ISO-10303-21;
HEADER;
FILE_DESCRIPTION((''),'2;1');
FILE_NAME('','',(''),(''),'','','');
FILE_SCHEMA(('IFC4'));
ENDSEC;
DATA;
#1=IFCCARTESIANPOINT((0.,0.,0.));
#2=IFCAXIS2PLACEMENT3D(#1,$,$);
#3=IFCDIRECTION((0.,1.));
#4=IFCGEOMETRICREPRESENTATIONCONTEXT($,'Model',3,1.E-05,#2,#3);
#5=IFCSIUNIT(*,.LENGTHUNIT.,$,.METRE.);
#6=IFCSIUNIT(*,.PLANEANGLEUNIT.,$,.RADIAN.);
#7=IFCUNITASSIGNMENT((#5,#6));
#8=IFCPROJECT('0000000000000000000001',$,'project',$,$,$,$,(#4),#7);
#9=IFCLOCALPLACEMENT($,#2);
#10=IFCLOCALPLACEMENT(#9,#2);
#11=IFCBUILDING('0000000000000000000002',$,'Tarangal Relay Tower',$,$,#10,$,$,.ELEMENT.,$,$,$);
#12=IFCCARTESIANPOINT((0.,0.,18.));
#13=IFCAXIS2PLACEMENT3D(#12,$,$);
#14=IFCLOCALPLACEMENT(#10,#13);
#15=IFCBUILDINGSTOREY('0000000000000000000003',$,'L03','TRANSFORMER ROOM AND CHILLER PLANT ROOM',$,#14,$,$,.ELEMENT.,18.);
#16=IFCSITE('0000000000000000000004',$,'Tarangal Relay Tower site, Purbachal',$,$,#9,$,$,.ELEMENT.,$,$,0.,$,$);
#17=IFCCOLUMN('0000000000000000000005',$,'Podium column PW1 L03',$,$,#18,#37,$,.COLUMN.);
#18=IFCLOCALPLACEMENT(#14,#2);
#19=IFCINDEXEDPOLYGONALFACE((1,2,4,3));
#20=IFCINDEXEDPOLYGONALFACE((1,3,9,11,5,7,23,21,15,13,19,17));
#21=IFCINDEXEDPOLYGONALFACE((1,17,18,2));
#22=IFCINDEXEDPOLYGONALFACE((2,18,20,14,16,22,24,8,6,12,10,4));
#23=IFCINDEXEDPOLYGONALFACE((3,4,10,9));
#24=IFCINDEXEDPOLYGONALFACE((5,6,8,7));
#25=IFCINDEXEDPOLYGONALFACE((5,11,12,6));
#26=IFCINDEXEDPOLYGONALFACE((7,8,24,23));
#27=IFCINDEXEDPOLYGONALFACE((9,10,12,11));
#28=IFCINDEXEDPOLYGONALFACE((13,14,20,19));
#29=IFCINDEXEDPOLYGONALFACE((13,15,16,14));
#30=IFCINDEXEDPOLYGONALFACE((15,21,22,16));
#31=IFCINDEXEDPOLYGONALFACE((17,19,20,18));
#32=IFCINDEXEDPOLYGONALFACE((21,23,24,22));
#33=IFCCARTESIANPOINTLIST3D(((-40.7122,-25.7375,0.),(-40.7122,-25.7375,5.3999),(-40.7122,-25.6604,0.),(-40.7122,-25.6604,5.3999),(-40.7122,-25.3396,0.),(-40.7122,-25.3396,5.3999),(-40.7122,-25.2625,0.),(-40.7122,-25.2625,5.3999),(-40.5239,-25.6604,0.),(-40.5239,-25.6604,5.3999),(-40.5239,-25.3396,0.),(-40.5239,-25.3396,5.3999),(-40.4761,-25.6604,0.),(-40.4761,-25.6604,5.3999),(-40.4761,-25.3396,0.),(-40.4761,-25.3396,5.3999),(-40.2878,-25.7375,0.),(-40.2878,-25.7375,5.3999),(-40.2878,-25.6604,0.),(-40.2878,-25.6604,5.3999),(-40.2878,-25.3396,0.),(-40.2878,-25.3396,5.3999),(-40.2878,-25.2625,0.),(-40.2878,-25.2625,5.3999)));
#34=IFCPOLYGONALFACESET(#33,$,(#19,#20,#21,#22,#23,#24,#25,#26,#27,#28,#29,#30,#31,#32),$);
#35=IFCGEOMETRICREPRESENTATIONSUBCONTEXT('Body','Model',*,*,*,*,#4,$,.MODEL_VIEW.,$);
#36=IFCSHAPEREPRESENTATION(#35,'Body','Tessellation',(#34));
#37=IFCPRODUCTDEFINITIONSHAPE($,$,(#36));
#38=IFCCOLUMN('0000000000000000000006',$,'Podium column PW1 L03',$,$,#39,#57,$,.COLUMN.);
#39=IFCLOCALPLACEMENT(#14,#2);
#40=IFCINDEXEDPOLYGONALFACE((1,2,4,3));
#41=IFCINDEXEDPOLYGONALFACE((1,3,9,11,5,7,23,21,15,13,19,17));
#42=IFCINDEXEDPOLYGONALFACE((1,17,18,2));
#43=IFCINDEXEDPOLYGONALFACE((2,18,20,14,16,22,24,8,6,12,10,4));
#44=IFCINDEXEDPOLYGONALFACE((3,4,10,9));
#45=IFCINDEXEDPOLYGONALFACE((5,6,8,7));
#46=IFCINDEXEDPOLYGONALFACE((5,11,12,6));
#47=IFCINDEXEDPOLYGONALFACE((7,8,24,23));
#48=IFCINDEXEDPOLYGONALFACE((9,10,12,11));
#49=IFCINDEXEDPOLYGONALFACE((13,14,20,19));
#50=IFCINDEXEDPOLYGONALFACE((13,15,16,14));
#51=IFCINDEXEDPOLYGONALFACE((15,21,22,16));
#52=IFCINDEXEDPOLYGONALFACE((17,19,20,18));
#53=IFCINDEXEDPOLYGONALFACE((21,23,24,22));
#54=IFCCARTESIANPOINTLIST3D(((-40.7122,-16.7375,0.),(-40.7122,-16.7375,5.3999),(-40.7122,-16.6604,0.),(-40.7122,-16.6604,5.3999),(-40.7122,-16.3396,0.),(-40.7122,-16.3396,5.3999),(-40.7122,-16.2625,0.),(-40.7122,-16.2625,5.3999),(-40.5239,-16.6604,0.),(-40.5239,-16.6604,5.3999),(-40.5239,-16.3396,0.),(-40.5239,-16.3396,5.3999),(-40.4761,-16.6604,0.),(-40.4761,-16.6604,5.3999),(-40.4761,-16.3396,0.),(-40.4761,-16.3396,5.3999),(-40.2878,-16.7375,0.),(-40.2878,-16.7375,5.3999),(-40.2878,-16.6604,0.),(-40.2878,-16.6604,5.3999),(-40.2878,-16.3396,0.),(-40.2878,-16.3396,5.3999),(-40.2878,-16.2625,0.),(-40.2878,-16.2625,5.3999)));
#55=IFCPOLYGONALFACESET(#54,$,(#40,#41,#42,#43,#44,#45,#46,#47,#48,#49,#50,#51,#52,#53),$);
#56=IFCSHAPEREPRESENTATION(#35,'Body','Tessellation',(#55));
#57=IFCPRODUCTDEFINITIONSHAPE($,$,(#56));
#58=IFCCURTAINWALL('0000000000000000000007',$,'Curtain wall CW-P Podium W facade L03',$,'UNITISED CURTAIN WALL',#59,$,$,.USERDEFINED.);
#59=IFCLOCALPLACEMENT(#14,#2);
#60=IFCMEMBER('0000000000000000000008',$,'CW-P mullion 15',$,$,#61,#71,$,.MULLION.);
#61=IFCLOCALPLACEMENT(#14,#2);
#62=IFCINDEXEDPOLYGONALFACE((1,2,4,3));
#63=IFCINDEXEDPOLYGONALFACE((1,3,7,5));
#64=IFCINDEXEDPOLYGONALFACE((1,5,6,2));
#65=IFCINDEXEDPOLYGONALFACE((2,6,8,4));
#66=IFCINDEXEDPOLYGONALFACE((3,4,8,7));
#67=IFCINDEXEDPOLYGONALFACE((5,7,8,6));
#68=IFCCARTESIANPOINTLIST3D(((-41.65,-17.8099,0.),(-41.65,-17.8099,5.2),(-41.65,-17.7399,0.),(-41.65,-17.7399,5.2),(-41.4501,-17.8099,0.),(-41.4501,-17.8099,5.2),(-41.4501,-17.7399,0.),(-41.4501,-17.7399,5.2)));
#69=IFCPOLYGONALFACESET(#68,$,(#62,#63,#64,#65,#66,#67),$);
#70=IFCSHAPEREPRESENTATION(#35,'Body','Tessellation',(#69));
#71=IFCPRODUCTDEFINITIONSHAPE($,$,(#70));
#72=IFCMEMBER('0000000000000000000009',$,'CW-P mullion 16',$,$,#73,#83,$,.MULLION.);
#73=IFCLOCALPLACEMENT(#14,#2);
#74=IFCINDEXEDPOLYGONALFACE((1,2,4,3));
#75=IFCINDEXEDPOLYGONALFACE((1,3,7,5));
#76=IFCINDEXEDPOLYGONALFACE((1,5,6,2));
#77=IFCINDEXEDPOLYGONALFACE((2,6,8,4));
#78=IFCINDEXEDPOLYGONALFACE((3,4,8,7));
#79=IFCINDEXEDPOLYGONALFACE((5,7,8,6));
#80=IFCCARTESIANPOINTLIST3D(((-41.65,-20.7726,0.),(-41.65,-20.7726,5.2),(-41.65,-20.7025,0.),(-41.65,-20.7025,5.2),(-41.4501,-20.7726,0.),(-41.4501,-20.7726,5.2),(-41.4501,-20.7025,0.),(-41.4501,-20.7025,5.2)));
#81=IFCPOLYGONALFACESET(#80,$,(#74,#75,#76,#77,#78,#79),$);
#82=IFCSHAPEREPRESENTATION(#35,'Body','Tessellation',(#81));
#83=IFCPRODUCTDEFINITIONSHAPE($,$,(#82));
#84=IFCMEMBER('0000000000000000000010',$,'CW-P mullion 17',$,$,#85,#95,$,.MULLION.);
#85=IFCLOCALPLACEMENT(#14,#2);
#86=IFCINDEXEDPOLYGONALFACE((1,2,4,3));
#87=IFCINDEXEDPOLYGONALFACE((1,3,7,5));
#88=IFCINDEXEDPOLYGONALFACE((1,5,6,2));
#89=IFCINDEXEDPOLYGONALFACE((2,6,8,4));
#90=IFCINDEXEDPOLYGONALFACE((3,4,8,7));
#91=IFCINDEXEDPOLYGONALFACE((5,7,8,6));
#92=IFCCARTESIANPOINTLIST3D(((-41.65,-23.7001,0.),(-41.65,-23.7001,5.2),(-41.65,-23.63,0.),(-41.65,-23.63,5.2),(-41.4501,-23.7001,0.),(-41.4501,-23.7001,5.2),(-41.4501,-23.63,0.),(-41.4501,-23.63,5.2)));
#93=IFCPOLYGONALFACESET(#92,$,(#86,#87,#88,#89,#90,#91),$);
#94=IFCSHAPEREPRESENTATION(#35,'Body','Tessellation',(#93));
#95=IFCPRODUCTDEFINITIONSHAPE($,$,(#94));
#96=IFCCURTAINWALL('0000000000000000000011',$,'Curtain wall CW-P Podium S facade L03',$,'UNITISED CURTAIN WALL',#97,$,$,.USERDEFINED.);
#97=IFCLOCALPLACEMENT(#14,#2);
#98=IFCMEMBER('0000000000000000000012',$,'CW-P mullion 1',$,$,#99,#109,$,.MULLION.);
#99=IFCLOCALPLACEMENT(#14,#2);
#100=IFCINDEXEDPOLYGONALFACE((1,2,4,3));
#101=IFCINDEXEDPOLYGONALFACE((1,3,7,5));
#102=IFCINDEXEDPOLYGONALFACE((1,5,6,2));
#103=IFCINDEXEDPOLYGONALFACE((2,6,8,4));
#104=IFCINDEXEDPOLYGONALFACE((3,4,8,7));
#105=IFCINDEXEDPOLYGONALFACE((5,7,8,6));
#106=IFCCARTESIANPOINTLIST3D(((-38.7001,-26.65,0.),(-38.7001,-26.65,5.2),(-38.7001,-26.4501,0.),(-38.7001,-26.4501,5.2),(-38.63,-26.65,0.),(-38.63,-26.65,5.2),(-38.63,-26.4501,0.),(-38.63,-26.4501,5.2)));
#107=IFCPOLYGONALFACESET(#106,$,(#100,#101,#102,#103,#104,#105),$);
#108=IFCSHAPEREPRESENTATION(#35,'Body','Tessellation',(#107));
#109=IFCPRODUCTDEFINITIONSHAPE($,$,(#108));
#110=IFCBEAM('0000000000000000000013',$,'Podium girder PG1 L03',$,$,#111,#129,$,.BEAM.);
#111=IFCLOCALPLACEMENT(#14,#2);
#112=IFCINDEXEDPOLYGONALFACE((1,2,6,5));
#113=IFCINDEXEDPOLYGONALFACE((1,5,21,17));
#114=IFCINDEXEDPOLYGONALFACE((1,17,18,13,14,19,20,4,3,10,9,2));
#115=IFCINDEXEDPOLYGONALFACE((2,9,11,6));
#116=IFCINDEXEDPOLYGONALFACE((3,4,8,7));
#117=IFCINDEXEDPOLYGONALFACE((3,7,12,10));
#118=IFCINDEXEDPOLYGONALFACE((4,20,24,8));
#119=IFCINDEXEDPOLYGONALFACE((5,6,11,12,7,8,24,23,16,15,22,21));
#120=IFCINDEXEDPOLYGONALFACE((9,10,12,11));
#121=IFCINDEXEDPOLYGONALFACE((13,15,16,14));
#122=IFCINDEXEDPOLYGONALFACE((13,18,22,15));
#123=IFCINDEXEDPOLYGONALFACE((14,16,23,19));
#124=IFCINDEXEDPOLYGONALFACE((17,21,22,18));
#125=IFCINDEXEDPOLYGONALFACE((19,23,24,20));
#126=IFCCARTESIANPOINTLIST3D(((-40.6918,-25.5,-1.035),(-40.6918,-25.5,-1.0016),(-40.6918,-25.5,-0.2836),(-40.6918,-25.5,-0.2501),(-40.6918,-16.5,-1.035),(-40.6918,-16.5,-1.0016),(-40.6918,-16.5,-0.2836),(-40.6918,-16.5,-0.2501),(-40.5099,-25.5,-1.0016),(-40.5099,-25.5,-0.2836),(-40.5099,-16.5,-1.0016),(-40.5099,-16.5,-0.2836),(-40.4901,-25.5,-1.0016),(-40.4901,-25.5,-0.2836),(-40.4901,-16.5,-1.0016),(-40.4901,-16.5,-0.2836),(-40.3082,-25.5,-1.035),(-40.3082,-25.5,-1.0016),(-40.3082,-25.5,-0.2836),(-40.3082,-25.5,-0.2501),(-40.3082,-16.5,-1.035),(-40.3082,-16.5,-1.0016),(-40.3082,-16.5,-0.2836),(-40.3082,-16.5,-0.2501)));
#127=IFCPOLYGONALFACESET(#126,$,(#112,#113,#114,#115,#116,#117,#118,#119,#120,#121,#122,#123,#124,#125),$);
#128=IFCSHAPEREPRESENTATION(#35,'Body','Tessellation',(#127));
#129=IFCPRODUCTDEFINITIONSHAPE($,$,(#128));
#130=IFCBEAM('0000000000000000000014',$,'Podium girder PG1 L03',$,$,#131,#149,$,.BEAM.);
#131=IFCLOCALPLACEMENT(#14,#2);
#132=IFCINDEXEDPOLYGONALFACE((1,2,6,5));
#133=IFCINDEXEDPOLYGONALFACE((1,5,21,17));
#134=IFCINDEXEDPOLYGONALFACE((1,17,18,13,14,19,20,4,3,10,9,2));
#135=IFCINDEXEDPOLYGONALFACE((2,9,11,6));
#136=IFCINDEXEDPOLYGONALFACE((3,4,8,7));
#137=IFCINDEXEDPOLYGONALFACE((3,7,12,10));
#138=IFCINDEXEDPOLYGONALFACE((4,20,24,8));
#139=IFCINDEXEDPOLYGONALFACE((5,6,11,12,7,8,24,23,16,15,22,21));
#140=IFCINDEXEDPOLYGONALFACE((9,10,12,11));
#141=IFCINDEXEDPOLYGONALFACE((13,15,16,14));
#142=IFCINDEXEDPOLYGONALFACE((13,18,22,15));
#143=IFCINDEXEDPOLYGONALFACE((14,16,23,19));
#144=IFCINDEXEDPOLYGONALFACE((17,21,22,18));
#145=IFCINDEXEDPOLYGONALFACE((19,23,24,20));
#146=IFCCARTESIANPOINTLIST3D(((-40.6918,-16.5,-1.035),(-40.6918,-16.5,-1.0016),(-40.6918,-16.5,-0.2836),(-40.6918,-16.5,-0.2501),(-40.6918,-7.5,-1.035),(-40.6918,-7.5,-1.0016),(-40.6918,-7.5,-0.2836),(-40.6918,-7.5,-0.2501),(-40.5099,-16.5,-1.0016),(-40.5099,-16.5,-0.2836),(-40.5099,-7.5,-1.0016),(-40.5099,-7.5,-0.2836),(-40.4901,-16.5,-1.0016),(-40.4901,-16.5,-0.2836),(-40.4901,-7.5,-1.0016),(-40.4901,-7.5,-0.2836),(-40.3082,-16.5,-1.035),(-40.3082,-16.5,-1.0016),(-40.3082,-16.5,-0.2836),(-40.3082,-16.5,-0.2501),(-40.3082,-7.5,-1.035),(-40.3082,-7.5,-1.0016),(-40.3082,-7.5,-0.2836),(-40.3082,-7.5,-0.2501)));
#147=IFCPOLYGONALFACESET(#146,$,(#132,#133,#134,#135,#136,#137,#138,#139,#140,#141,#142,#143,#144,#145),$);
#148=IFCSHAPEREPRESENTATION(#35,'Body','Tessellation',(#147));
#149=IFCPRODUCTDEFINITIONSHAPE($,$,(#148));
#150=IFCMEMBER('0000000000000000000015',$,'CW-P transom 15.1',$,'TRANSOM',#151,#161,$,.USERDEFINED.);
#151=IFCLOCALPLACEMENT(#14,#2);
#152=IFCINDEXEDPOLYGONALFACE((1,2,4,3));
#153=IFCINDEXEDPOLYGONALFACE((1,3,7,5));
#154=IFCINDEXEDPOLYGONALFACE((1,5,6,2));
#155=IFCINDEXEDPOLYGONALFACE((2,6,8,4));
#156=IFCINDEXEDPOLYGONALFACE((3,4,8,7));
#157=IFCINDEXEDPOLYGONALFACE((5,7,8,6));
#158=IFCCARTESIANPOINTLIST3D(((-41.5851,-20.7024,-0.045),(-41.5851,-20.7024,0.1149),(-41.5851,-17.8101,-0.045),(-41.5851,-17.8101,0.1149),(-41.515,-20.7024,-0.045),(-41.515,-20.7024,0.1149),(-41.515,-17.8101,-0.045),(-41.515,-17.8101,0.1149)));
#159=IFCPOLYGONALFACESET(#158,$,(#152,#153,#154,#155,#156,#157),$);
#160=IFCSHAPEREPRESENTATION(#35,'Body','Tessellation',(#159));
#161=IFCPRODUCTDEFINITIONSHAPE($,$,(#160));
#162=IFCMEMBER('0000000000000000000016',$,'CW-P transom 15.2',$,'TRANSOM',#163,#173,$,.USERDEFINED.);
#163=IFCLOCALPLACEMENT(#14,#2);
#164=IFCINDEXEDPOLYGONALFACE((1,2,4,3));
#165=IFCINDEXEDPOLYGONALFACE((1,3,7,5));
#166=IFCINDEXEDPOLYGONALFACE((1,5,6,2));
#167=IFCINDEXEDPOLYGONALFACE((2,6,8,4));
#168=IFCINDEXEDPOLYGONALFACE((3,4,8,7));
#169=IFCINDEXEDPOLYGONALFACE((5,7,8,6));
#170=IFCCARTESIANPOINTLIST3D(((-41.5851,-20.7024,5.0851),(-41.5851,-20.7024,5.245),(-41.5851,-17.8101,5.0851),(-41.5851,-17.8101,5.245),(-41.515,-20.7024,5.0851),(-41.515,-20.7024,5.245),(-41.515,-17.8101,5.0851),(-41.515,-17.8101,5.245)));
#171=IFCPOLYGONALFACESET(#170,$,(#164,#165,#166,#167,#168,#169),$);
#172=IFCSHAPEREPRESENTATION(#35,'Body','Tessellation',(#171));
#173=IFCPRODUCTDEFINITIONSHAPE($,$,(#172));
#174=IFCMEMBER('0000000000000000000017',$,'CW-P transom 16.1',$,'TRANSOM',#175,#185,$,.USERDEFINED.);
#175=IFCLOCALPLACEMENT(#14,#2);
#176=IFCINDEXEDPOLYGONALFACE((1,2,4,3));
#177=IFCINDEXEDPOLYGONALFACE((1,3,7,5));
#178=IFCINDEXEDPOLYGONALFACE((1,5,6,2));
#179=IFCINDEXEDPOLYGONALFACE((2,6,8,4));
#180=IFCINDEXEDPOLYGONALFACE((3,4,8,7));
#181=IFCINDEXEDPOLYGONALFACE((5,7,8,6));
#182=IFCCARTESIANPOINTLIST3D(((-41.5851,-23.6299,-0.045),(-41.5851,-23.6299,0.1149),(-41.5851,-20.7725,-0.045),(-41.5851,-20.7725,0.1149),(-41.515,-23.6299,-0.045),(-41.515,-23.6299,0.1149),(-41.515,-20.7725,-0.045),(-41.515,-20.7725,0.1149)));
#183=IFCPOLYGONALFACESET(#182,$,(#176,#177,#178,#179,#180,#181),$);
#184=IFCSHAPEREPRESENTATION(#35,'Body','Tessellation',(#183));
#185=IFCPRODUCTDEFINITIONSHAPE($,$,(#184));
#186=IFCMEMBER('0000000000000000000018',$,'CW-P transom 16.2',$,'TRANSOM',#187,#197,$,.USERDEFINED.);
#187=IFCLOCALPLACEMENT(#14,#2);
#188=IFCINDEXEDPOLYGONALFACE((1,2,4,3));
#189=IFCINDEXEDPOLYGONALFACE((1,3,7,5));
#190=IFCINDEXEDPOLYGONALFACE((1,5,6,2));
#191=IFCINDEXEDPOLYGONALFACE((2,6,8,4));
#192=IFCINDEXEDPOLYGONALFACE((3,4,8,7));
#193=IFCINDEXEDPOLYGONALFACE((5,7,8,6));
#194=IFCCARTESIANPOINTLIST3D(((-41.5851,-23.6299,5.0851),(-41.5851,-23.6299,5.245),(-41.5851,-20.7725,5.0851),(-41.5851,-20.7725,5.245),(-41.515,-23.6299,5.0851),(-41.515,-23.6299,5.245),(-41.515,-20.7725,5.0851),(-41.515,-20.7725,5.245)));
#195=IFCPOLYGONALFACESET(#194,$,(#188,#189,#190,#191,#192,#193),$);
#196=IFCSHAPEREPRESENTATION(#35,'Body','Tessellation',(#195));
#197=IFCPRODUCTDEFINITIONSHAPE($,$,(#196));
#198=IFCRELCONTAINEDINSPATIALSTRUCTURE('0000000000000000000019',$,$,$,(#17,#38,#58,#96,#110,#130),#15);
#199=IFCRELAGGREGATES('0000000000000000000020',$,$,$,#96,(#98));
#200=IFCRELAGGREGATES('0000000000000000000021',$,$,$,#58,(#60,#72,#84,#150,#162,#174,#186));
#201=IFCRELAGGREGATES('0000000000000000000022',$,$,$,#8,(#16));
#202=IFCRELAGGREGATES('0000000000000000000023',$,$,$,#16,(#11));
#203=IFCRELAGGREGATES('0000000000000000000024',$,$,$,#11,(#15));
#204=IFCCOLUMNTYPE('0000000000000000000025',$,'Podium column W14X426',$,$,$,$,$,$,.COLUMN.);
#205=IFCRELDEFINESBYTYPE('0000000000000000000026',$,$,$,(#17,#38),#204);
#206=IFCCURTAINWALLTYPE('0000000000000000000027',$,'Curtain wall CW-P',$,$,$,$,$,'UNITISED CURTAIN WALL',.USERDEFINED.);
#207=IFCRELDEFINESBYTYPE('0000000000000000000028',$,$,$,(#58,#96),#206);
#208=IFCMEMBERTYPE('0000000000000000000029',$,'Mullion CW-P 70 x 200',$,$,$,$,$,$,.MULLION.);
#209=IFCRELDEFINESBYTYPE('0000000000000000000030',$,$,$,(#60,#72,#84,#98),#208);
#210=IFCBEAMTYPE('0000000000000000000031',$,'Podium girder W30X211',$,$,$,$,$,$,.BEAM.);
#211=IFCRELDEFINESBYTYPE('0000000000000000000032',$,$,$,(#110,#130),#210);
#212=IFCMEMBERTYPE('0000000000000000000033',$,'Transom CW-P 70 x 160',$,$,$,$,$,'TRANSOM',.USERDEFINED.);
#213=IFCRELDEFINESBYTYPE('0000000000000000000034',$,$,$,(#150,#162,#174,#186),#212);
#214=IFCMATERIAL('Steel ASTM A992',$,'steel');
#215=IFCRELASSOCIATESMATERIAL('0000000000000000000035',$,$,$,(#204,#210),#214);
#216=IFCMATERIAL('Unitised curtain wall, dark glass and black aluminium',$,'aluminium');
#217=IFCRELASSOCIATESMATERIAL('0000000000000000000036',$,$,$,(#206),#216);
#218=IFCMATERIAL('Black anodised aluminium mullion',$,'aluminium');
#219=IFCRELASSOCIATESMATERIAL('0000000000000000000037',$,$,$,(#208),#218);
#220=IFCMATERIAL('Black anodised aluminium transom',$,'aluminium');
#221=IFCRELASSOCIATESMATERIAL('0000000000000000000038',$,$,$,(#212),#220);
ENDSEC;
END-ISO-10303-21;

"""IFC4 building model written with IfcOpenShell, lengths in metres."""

from ifc_helpers import new_model, si_unit, direction, frame, origin, origin_2d, place, context, subcontext, project, spatial, rectangle, i_section, extrude, material, material_profile, profile_set, type_object, element, aggregate, save


model = new_model("IFC4")

# Units and contexts
model_context = context("Model", 3, precision=1e-05, world=origin(), true_north=direction((0.0, 1.0)))
body_context = subcontext(model_context, "Body", "Model", "MODEL_VIEW")
ifc_project = project(units=[si_unit("LENGTHUNIT", "METRE"), si_unit("PLANEANGLEUNIT", "RADIAN")], contexts=[model_context])

# Site, building, storey
site_placement = place(None, origin())
site = spatial("IfcSite", under=ifc_project, at=site_placement, Name="Tarangal Relay Tower site, Purbachal", CompositionType="ELEMENT", RefElevation=0.0)
building_placement = place(site_placement, origin())
building = spatial("IfcBuilding", under=site, at=building_placement, Name="Tarangal Relay Tower", CompositionType="ELEMENT")
storey_placement = place(building_placement, frame((0.0, 0.0, 18.0)))
storey = spatial("IfcBuildingStorey", under=building, at=storey_placement, Name="L03", Description="TRANSFORMER ROOM AND CHILLER PLANT ROOM", CompositionType="ELEMENT", Elevation=18.0)

# Columns
ifc_material_1 = material(Name="Steel ASTM A992", Category="steel")
ifc_material_profile_1 = material_profile(ifc_material_1, i_section(OverallWidth=0.4243, OverallDepth=0.4751, WebThickness=0.0479, FlangeThickness=0.0771, at=origin_2d()), Name="W14X426")
ifc_profile_set_1 = profile_set([ifc_material_profile_1], Name="Steel ASTM A992")
column_type = type_object("IfcColumnType", Name="Podium column W14X426", PredefinedType="COLUMN", material=ifc_profile_set_1)
for number, where, z_axis, x_axis, name in (
    (1, (-40.5, -25.5, 0.0), (0.0, 0.0, 1.0), (1.0, 0.0, 0.0), "Podium column PW1 L03"),
    (2, (-40.5, -16.5, 0.0), (0.0, 0.0, 1.0), (1.0, 0.0, 0.0), "Podium column PW1 L03"),
):
    element("IfcColumn", number, at=place(storey_placement, frame(where, z_axis=z_axis, x_axis=x_axis)), inside=storey, type_object=column_type, Name=name, PredefinedType="COLUMN", context=body_context, shape_type="SweptSolid", body=[
        extrude(i_section(OverallWidth=0.4243, OverallDepth=0.4751, WebThickness=0.0479, FlangeThickness=0.0771, at=origin_2d()), origin(), (0.0, 0.0, 1.0), 5.3999),
    ])

# Curtain wall, members
ifc_material_2 = material(Name="Unitised curtain wall, dark glass and black aluminium", Category="aluminium")
curtain_wall_type = type_object("IfcCurtainWallType", Name="Curtain wall CW-P", ElementType="UNITISED CURTAIN WALL", PredefinedType="USERDEFINED", material=ifc_material_2)
curtain_wall_1_placement = place(storey_placement, origin())
curtain_wall_1 = element("IfcCurtainWall", 3, at=curtain_wall_1_placement, inside=storey, type_object=curtain_wall_type, Name="Curtain wall CW-P Podium W facade L03", ObjectType="UNITISED CURTAIN WALL", PredefinedType="USERDEFINED")
ifc_material_3 = material(Name="Black anodised aluminium mullion", Category="aluminium")
ifc_material_profile_2 = material_profile(ifc_material_3, rectangle(XDim=0.2, YDim=0.0701, at=origin_2d()), Name="CW-PM 70X200")
ifc_profile_set_2 = profile_set([ifc_material_profile_2], Name="Black anodised aluminium mullion")
member_type_1 = type_object("IfcMemberType", Name="Mullion CW-P 70 x 200", PredefinedType="MULLION", material=ifc_profile_set_2)
member_1_placement = place(storey_placement, frame((-41.55, -17.7749, 0.0), z_axis=(0.0, 0.0, 1.0), x_axis=(1.0, 0.0, 0.0)))
member_1 = element("IfcMember", 4, at=member_1_placement, type_object=member_type_1, Name="CW-P mullion 15", PredefinedType="MULLION", context=body_context, shape_type="SweptSolid", body=[
    extrude(rectangle(XDim=0.2, YDim=0.0701, at=origin_2d()), origin(), (0.0, 0.0, 1.0), 5.2),
])
member_2_placement = place(storey_placement, frame((-41.55, -20.7375, 0.0), z_axis=(0.0, 0.0, 1.0), x_axis=(1.0, 0.0, 0.0)))
member_2 = element("IfcMember", 5, at=member_2_placement, type_object=member_type_1, Name="CW-P mullion 16", PredefinedType="MULLION", context=body_context, shape_type="SweptSolid", body=[
    extrude(rectangle(XDim=0.2, YDim=0.0701, at=origin_2d()), origin(), (0.0, 0.0, 1.0), 5.2),
])
member_3_placement = place(storey_placement, frame((-41.55, -23.665, 0.0), z_axis=(0.0, 0.0, 1.0), x_axis=(1.0, 0.0, 0.0)))
member_3 = element("IfcMember", 6, at=member_3_placement, type_object=member_type_1, Name="CW-P mullion 17", PredefinedType="MULLION", context=body_context, shape_type="SweptSolid", body=[
    extrude(rectangle(XDim=0.2, YDim=0.0701, at=origin_2d()), origin(), (0.0, 0.0, 1.0), 5.2),
])

# Curtain wall, member
curtain_wall_2_placement = place(storey_placement, origin())
curtain_wall_2 = element("IfcCurtainWall", 7, at=curtain_wall_2_placement, inside=storey, type_object=curtain_wall_type, Name="Curtain wall CW-P Podium S facade L03", ObjectType="UNITISED CURTAIN WALL", PredefinedType="USERDEFINED")
member_4_placement = place(storey_placement, frame((-38.665, -26.55, 0.0), z_axis=(0.0, 0.0, 1.0), x_axis=(0.0, 1.0, 0.0)))
member_4 = element("IfcMember", 8, at=member_4_placement, type_object=member_type_1, Name="CW-P mullion 1", PredefinedType="MULLION", context=body_context, shape_type="SweptSolid", body=[
    extrude(rectangle(XDim=0.2, YDim=0.0701, at=origin_2d()), origin(), (0.0, 0.0, 1.0), 5.2),
])

# Beams
ifc_material_profile_3 = material_profile(ifc_material_1, i_section(OverallWidth=0.3835, OverallDepth=0.7849, WebThickness=0.0198, FlangeThickness=0.0334, at=origin_2d()), Name="W30X211")
ifc_profile_set_3 = profile_set([ifc_material_profile_3], Name="Steel ASTM A992")
beam_type = type_object("IfcBeamType", Name="Podium girder W30X211", PredefinedType="BEAM", material=ifc_profile_set_3)
for number, where, z_axis, x_axis, name in (
    (9, (-40.5, -25.5, -0.6426), (0.0, 1.0, 0.0), (-1.0, 0.0, 0.0), "Podium girder PG1 L03"),
    (10, (-40.5, -16.5, -0.6426), (0.0, 1.0, 0.0), (-1.0, 0.0, 0.0), "Podium girder PG1 L03"),
):
    element("IfcBeam", number, at=place(storey_placement, frame(where, z_axis=z_axis, x_axis=x_axis)), inside=storey, type_object=beam_type, Name=name, PredefinedType="BEAM", context=body_context, shape_type="SweptSolid", body=[
        extrude(i_section(OverallWidth=0.3835, OverallDepth=0.7849, WebThickness=0.0198, FlangeThickness=0.0334, at=origin_2d()), origin(), (0.0, 0.0, 1.0), 9.0),
    ])

# Members
ifc_material_4 = material(Name="Black anodised aluminium transom", Category="aluminium")
ifc_material_profile_4 = material_profile(ifc_material_4, rectangle(XDim=0.0701, YDim=0.1599, at=origin_2d()), Name="CW-PT 70X160")
ifc_profile_set_4 = profile_set([ifc_material_profile_4], Name="Black anodised aluminium transom")
member_type_2 = type_object("IfcMemberType", Name="Transom CW-P 70 x 160", ElementType="TRANSOM", PredefinedType="USERDEFINED", material=ifc_profile_set_4)
member_5_placement = place(storey_placement, frame((-41.55, -17.8101, 0.0349), z_axis=(0.0, -1.0, 0.0), x_axis=(1.0, 0.0, 0.0)))
member_5 = element("IfcMember", 11, at=member_5_placement, type_object=member_type_2, Name="CW-P transom 15.1", ObjectType="TRANSOM", PredefinedType="USERDEFINED", context=body_context, shape_type="SweptSolid", body=[
    extrude(rectangle(XDim=0.0701, YDim=0.1599, at=origin_2d()), origin(), (0.0, 0.0, 1.0), 2.8923),
])
member_6_placement = place(storey_placement, frame((-41.55, -17.8101, 5.165), z_axis=(0.0, -1.0, 0.0), x_axis=(1.0, 0.0, 0.0)))
member_6 = element("IfcMember", 12, at=member_6_placement, type_object=member_type_2, Name="CW-P transom 15.2", ObjectType="TRANSOM", PredefinedType="USERDEFINED", context=body_context, shape_type="SweptSolid", body=[
    extrude(rectangle(XDim=0.0701, YDim=0.1599, at=origin_2d()), origin(), (0.0, 0.0, 1.0), 2.8923),
])
member_7_placement = place(storey_placement, frame((-41.55, -20.7725, 0.0349), z_axis=(0.0, -1.0, 0.0), x_axis=(1.0, 0.0, 0.0)))
member_7 = element("IfcMember", 13, at=member_7_placement, type_object=member_type_2, Name="CW-P transom 16.1", ObjectType="TRANSOM", PredefinedType="USERDEFINED", context=body_context, shape_type="SweptSolid", body=[
    extrude(rectangle(XDim=0.0701, YDim=0.1599, at=origin_2d()), origin(), (0.0, 0.0, 1.0), 2.8574),
])
member_8_placement = place(storey_placement, frame((-41.55, -20.7725, 5.165), z_axis=(0.0, -1.0, 0.0), x_axis=(1.0, 0.0, 0.0)))
member_8 = element("IfcMember", 14, at=member_8_placement, type_object=member_type_2, Name="CW-P transom 16.2", ObjectType="TRANSOM", PredefinedType="USERDEFINED", context=body_context, shape_type="SweptSolid", body=[
    extrude(rectangle(XDim=0.0701, YDim=0.1599, at=origin_2d()), origin(), (0.0, 0.0, 1.0), 2.8574),
])
aggregate(curtain_wall_2, [member_4])

aggregate(curtain_wall_1, [member_1, member_2, member_3, member_5, member_6, member_7, member_8])

save(model, "model.ifc")
